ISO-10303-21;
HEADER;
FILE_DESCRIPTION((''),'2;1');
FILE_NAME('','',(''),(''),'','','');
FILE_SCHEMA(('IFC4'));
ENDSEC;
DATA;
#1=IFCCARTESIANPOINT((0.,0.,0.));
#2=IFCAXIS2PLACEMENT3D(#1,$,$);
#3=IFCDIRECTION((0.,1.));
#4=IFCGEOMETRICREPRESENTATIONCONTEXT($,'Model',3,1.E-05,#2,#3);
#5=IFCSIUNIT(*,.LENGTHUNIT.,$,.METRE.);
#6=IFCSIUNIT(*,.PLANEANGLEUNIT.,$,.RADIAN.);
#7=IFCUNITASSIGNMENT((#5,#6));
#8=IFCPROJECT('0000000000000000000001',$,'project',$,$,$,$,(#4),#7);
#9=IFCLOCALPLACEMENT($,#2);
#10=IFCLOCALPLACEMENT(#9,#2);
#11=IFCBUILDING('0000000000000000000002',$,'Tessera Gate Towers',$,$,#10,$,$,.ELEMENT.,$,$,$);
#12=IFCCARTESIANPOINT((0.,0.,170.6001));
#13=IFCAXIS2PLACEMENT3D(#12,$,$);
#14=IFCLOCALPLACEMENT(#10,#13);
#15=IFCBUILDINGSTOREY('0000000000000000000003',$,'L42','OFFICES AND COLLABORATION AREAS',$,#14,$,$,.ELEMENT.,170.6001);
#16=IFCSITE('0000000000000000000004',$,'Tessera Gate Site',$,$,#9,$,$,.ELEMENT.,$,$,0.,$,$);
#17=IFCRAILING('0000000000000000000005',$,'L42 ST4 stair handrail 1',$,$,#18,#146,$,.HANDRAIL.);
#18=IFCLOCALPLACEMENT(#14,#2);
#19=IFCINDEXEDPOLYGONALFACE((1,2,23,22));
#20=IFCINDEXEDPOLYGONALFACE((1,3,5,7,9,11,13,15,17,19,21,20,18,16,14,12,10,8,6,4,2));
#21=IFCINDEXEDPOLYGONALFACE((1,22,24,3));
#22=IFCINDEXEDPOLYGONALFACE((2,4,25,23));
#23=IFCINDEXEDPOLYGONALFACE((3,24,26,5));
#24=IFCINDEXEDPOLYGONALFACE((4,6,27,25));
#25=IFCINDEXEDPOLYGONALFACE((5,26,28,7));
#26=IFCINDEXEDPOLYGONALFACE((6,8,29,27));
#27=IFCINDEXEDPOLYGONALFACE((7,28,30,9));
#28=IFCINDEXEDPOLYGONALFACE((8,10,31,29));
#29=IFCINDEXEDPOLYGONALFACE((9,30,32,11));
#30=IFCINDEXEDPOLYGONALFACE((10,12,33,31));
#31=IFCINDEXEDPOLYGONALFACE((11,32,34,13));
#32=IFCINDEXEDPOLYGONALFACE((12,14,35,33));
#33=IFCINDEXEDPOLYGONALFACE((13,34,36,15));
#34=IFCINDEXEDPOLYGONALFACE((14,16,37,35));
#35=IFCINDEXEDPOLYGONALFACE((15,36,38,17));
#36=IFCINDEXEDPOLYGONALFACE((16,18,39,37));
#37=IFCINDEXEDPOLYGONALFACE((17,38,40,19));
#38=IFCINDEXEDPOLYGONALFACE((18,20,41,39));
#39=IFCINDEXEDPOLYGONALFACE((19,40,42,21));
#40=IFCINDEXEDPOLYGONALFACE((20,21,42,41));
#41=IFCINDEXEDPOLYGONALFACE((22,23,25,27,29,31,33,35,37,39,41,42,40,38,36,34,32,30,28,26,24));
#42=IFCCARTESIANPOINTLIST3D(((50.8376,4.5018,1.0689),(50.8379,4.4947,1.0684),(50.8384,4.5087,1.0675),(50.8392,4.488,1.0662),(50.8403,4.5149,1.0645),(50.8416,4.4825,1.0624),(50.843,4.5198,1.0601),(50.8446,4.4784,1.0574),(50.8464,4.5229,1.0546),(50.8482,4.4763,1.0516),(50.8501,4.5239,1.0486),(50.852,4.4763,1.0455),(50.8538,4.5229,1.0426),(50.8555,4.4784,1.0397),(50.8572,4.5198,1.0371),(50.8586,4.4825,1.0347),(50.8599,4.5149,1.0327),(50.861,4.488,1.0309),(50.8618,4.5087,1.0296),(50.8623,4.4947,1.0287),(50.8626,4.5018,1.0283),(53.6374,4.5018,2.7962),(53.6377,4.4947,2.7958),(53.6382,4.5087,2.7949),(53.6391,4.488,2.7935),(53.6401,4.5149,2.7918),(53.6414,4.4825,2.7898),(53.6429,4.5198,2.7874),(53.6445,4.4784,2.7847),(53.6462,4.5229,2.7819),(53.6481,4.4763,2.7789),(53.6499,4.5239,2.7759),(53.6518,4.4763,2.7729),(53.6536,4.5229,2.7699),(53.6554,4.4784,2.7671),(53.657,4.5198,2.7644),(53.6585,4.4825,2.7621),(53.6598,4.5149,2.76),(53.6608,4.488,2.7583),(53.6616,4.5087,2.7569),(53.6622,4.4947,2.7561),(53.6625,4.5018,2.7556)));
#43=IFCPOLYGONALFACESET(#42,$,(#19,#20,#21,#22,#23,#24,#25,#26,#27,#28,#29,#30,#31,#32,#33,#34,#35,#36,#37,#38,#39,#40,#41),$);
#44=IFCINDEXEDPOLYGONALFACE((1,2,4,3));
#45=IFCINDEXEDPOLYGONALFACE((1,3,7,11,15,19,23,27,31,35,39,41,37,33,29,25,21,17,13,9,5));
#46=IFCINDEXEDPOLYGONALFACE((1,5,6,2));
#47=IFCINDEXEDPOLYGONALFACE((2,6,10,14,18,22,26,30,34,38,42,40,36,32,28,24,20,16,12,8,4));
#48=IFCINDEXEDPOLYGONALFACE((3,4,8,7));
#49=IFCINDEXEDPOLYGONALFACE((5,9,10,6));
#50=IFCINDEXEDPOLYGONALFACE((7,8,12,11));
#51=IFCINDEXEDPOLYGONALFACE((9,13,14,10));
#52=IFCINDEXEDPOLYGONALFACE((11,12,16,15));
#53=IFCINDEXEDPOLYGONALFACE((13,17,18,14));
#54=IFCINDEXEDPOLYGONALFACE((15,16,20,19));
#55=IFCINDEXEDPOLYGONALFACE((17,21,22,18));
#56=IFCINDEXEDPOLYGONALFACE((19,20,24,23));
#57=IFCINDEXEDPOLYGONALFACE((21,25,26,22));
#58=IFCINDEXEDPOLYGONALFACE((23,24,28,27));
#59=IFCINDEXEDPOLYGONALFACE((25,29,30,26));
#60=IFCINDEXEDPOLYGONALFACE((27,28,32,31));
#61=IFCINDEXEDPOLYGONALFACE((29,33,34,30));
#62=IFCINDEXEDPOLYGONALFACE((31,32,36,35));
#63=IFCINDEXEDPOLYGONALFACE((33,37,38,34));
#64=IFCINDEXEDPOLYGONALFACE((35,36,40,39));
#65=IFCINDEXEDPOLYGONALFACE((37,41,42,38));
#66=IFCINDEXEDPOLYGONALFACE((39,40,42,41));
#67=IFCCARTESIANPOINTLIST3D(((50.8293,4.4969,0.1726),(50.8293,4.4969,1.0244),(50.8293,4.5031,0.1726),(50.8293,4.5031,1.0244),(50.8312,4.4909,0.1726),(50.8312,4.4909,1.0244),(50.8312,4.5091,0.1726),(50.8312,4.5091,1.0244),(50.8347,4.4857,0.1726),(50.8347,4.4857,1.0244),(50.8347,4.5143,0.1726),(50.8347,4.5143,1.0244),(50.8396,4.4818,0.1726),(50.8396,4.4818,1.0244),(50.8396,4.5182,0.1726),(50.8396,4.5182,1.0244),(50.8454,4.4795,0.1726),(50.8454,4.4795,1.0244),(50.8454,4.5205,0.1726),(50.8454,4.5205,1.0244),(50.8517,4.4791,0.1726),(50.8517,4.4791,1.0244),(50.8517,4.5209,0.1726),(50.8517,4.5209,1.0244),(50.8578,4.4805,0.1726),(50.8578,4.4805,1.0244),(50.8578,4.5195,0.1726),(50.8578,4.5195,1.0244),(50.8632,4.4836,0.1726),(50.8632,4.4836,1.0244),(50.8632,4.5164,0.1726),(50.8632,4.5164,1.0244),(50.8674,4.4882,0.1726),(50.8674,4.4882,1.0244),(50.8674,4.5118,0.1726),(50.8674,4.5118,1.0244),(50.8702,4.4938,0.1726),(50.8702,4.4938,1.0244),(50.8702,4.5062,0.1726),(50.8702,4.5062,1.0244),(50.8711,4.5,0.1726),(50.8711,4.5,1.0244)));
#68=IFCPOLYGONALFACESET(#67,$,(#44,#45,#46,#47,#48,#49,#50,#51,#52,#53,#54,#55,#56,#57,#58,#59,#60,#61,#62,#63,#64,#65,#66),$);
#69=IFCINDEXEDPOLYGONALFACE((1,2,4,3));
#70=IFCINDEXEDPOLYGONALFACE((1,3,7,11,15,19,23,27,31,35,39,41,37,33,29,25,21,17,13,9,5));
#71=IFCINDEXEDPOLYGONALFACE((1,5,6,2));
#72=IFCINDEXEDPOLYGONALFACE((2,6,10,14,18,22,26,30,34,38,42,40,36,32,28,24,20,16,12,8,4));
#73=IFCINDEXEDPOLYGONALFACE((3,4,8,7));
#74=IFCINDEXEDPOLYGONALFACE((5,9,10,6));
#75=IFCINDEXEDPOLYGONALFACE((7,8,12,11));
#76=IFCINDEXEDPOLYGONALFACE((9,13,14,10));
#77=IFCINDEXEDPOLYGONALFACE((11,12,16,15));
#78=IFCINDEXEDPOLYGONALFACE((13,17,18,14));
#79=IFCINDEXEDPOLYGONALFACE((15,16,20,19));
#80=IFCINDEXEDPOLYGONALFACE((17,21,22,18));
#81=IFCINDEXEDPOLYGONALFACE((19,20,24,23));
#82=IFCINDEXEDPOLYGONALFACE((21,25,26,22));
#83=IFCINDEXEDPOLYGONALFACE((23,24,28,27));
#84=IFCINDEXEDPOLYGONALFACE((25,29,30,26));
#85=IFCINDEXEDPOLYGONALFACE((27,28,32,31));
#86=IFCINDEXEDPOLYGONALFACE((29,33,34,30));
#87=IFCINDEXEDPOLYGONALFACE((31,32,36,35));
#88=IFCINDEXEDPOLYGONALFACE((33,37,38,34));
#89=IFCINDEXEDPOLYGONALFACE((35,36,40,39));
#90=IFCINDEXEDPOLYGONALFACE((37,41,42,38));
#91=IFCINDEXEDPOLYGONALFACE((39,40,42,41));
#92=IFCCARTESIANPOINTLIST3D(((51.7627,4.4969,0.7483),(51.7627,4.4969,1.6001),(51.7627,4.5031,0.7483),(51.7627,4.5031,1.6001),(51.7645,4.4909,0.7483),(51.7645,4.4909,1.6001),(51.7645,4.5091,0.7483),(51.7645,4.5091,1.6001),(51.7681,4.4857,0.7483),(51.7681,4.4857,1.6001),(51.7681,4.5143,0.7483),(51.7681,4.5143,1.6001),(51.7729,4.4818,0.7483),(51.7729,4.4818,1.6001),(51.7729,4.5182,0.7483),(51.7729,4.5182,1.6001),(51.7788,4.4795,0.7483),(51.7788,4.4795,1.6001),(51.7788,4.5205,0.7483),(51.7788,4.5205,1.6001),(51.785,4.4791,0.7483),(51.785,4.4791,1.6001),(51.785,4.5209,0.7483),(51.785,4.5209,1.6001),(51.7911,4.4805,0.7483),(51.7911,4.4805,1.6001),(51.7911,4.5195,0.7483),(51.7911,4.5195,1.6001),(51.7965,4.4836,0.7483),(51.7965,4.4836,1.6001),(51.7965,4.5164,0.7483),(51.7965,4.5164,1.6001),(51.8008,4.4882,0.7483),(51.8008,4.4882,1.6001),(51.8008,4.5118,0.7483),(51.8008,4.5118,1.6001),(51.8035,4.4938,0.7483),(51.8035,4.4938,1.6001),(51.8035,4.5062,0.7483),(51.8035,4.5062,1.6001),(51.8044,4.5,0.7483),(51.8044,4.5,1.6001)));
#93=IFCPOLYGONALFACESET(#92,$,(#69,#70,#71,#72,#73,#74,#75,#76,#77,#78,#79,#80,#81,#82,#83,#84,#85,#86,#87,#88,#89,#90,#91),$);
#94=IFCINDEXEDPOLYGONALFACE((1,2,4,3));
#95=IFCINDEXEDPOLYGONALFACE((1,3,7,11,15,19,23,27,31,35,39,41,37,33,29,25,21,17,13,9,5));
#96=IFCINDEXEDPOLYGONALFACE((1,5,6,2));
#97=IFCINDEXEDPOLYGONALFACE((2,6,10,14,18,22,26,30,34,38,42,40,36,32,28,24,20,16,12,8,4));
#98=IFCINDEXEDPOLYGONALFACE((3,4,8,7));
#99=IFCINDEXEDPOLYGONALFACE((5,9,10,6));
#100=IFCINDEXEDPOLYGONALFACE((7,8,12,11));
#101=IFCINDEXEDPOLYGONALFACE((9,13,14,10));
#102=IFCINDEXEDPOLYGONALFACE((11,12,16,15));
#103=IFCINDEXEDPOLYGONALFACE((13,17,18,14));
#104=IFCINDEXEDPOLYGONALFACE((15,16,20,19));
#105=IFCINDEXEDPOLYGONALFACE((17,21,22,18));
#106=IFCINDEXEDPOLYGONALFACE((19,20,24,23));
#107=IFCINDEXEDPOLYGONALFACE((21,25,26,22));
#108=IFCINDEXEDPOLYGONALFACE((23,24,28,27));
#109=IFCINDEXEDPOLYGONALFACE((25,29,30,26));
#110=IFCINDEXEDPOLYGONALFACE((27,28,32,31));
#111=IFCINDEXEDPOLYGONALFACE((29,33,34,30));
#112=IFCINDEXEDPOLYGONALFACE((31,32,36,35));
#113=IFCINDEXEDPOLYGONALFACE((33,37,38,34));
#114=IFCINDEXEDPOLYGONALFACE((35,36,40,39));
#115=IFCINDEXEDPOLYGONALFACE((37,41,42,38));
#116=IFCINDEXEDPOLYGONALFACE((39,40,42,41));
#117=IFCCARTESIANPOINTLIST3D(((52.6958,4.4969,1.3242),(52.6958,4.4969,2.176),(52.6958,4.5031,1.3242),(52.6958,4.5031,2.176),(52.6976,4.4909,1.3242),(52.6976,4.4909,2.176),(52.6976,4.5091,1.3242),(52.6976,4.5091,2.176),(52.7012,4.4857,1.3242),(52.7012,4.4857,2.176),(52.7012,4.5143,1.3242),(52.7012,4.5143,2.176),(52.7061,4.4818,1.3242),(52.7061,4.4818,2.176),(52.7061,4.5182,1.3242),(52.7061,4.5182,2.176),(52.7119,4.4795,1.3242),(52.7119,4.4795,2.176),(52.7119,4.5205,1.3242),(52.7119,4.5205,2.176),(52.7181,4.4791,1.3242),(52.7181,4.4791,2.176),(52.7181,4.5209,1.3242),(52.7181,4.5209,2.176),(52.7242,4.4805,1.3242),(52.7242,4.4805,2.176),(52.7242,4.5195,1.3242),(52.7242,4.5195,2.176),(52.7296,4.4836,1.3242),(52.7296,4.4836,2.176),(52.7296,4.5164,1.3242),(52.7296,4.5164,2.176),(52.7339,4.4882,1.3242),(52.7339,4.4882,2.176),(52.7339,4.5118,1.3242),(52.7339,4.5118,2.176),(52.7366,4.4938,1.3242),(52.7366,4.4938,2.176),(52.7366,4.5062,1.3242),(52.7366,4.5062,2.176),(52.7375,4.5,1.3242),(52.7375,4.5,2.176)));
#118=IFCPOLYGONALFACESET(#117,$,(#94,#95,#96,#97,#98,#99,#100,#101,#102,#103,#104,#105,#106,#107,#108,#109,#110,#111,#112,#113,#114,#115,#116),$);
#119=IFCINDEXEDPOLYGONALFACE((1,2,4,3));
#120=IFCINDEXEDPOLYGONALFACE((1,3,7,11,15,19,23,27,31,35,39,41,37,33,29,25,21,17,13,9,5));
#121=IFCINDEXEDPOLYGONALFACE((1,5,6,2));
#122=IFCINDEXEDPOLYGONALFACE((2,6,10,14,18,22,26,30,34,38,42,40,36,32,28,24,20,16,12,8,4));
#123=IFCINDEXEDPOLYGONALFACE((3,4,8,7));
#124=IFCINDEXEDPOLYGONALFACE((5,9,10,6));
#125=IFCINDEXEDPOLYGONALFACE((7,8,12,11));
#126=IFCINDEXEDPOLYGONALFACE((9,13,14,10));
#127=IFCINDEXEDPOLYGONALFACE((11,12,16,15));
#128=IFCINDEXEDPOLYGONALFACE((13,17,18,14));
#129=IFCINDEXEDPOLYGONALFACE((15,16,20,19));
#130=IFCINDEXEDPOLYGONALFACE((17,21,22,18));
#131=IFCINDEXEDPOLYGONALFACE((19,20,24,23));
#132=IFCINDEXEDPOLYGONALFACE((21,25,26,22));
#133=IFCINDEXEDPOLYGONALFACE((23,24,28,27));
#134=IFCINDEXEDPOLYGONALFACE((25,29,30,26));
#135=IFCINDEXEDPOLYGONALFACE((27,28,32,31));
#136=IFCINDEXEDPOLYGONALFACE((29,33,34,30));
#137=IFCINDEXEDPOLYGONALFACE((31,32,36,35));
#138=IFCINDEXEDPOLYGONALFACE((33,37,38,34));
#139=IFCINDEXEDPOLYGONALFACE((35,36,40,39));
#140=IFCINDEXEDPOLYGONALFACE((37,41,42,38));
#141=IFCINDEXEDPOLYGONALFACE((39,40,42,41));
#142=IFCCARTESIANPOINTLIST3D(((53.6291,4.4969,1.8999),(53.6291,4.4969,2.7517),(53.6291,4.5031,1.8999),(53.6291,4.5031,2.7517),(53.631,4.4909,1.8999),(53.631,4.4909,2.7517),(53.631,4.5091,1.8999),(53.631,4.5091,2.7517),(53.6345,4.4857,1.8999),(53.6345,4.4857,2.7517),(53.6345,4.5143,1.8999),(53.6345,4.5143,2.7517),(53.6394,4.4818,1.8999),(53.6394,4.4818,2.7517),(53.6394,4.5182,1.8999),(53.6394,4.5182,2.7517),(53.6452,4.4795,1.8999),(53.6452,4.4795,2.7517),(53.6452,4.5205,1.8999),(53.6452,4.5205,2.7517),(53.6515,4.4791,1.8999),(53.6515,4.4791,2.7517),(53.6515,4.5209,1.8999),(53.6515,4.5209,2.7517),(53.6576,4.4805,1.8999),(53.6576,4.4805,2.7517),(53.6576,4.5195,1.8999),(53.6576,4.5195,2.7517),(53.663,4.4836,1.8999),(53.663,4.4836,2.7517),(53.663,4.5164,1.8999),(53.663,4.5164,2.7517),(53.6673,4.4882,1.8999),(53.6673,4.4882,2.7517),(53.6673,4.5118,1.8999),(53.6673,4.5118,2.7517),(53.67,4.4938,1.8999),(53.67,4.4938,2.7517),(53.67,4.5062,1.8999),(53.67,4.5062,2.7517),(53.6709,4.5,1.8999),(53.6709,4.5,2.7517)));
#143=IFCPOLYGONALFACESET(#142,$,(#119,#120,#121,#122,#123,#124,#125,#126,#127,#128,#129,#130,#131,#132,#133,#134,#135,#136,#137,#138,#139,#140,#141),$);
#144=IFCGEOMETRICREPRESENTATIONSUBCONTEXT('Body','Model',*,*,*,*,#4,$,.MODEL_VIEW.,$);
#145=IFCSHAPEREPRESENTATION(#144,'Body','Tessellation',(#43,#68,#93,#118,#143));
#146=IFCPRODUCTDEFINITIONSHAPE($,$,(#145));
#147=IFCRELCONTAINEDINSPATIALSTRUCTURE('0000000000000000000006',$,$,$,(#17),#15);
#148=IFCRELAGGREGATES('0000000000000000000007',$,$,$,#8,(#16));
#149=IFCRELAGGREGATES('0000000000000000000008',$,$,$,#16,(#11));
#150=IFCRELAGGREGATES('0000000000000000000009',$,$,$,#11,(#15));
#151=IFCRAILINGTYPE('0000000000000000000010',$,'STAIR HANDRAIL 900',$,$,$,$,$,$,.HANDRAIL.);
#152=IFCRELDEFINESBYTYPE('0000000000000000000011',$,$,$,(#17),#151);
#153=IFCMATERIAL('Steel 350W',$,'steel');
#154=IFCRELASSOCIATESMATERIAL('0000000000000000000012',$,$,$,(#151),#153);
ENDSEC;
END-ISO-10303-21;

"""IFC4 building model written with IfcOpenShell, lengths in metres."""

from ifc_helpers import new_model, si_unit, direction, frame, origin, origin_2d, place, context, subcontext, project, spatial, circle, extrude, material, type_object, element, save


model = new_model("IFC4")

# Units and contexts
model_context = context("Model", 3, precision=1e-05, world=origin(), true_north=direction((0.0, 1.0)))
body_context = subcontext(model_context, "Body", "Model", "MODEL_VIEW")
ifc_project = project(units=[si_unit("LENGTHUNIT", "METRE"), si_unit("PLANEANGLEUNIT", "RADIAN")], contexts=[model_context])

# Site, building, storey
site_placement = place(None, origin())
site = spatial("IfcSite", under=ifc_project, at=site_placement, Name="Tessera Gate Site", CompositionType="ELEMENT", RefElevation=0.0)
building_placement = place(site_placement, origin())
building = spatial("IfcBuilding", under=site, at=building_placement, Name="Tessera Gate Towers", CompositionType="ELEMENT")
storey_placement = place(building_placement, frame((0.0, 0.0, 170.6001)))
storey = spatial("IfcBuildingStorey", under=building, at=storey_placement, Name="L42", Description="OFFICES AND COLLABORATION AREAS", CompositionType="ELEMENT", Elevation=170.6001)

# Railing
ifc_material_1 = material(Name="Steel 350W", Category="steel")
railing_type_1 = type_object("IfcRailingType", Name="STAIR HANDRAIL 900", PredefinedType="HANDRAIL", material=ifc_material_1)
railing_1_placement = place(storey_placement, frame((50.8501, 4.5, 0.1726)))
element("IfcRailing", 1, at=railing_1_placement, inside=storey, type_object=railing_type_1, Name="L42 ST4 stair handrail 1", PredefinedType="HANDRAIL", context=body_context, shape_type="SweptSolid", body=[
    extrude(circle(Radius=0.0239, at=origin_2d()), frame((0.0, 0.0, 0.876), z_axis=(0.851069, 0.0, 0.525054), x_axis=(0.0, 1.0, 0.0)), (0.0, 0.0, 1.0), 3.2898),
    extrude(circle(Radius=0.021, at=origin_2d()), origin(), (0.0, 0.0, 1.0), 0.8518),
    extrude(circle(Radius=0.021, at=origin_2d()), frame((0.9333, 0.0, 0.5757)), (0.0, 0.0, 1.0), 0.8518),
    extrude(circle(Radius=0.021, at=origin_2d()), frame((1.8665, 0.0, 1.1516)), (0.0, 0.0, 1.0), 0.8518),
    extrude(circle(Radius=0.021, at=origin_2d()), frame((2.7998, 0.0, 1.7273)), (0.0, 0.0, 1.0), 0.8518),
])

save(model, "model.ifc")
